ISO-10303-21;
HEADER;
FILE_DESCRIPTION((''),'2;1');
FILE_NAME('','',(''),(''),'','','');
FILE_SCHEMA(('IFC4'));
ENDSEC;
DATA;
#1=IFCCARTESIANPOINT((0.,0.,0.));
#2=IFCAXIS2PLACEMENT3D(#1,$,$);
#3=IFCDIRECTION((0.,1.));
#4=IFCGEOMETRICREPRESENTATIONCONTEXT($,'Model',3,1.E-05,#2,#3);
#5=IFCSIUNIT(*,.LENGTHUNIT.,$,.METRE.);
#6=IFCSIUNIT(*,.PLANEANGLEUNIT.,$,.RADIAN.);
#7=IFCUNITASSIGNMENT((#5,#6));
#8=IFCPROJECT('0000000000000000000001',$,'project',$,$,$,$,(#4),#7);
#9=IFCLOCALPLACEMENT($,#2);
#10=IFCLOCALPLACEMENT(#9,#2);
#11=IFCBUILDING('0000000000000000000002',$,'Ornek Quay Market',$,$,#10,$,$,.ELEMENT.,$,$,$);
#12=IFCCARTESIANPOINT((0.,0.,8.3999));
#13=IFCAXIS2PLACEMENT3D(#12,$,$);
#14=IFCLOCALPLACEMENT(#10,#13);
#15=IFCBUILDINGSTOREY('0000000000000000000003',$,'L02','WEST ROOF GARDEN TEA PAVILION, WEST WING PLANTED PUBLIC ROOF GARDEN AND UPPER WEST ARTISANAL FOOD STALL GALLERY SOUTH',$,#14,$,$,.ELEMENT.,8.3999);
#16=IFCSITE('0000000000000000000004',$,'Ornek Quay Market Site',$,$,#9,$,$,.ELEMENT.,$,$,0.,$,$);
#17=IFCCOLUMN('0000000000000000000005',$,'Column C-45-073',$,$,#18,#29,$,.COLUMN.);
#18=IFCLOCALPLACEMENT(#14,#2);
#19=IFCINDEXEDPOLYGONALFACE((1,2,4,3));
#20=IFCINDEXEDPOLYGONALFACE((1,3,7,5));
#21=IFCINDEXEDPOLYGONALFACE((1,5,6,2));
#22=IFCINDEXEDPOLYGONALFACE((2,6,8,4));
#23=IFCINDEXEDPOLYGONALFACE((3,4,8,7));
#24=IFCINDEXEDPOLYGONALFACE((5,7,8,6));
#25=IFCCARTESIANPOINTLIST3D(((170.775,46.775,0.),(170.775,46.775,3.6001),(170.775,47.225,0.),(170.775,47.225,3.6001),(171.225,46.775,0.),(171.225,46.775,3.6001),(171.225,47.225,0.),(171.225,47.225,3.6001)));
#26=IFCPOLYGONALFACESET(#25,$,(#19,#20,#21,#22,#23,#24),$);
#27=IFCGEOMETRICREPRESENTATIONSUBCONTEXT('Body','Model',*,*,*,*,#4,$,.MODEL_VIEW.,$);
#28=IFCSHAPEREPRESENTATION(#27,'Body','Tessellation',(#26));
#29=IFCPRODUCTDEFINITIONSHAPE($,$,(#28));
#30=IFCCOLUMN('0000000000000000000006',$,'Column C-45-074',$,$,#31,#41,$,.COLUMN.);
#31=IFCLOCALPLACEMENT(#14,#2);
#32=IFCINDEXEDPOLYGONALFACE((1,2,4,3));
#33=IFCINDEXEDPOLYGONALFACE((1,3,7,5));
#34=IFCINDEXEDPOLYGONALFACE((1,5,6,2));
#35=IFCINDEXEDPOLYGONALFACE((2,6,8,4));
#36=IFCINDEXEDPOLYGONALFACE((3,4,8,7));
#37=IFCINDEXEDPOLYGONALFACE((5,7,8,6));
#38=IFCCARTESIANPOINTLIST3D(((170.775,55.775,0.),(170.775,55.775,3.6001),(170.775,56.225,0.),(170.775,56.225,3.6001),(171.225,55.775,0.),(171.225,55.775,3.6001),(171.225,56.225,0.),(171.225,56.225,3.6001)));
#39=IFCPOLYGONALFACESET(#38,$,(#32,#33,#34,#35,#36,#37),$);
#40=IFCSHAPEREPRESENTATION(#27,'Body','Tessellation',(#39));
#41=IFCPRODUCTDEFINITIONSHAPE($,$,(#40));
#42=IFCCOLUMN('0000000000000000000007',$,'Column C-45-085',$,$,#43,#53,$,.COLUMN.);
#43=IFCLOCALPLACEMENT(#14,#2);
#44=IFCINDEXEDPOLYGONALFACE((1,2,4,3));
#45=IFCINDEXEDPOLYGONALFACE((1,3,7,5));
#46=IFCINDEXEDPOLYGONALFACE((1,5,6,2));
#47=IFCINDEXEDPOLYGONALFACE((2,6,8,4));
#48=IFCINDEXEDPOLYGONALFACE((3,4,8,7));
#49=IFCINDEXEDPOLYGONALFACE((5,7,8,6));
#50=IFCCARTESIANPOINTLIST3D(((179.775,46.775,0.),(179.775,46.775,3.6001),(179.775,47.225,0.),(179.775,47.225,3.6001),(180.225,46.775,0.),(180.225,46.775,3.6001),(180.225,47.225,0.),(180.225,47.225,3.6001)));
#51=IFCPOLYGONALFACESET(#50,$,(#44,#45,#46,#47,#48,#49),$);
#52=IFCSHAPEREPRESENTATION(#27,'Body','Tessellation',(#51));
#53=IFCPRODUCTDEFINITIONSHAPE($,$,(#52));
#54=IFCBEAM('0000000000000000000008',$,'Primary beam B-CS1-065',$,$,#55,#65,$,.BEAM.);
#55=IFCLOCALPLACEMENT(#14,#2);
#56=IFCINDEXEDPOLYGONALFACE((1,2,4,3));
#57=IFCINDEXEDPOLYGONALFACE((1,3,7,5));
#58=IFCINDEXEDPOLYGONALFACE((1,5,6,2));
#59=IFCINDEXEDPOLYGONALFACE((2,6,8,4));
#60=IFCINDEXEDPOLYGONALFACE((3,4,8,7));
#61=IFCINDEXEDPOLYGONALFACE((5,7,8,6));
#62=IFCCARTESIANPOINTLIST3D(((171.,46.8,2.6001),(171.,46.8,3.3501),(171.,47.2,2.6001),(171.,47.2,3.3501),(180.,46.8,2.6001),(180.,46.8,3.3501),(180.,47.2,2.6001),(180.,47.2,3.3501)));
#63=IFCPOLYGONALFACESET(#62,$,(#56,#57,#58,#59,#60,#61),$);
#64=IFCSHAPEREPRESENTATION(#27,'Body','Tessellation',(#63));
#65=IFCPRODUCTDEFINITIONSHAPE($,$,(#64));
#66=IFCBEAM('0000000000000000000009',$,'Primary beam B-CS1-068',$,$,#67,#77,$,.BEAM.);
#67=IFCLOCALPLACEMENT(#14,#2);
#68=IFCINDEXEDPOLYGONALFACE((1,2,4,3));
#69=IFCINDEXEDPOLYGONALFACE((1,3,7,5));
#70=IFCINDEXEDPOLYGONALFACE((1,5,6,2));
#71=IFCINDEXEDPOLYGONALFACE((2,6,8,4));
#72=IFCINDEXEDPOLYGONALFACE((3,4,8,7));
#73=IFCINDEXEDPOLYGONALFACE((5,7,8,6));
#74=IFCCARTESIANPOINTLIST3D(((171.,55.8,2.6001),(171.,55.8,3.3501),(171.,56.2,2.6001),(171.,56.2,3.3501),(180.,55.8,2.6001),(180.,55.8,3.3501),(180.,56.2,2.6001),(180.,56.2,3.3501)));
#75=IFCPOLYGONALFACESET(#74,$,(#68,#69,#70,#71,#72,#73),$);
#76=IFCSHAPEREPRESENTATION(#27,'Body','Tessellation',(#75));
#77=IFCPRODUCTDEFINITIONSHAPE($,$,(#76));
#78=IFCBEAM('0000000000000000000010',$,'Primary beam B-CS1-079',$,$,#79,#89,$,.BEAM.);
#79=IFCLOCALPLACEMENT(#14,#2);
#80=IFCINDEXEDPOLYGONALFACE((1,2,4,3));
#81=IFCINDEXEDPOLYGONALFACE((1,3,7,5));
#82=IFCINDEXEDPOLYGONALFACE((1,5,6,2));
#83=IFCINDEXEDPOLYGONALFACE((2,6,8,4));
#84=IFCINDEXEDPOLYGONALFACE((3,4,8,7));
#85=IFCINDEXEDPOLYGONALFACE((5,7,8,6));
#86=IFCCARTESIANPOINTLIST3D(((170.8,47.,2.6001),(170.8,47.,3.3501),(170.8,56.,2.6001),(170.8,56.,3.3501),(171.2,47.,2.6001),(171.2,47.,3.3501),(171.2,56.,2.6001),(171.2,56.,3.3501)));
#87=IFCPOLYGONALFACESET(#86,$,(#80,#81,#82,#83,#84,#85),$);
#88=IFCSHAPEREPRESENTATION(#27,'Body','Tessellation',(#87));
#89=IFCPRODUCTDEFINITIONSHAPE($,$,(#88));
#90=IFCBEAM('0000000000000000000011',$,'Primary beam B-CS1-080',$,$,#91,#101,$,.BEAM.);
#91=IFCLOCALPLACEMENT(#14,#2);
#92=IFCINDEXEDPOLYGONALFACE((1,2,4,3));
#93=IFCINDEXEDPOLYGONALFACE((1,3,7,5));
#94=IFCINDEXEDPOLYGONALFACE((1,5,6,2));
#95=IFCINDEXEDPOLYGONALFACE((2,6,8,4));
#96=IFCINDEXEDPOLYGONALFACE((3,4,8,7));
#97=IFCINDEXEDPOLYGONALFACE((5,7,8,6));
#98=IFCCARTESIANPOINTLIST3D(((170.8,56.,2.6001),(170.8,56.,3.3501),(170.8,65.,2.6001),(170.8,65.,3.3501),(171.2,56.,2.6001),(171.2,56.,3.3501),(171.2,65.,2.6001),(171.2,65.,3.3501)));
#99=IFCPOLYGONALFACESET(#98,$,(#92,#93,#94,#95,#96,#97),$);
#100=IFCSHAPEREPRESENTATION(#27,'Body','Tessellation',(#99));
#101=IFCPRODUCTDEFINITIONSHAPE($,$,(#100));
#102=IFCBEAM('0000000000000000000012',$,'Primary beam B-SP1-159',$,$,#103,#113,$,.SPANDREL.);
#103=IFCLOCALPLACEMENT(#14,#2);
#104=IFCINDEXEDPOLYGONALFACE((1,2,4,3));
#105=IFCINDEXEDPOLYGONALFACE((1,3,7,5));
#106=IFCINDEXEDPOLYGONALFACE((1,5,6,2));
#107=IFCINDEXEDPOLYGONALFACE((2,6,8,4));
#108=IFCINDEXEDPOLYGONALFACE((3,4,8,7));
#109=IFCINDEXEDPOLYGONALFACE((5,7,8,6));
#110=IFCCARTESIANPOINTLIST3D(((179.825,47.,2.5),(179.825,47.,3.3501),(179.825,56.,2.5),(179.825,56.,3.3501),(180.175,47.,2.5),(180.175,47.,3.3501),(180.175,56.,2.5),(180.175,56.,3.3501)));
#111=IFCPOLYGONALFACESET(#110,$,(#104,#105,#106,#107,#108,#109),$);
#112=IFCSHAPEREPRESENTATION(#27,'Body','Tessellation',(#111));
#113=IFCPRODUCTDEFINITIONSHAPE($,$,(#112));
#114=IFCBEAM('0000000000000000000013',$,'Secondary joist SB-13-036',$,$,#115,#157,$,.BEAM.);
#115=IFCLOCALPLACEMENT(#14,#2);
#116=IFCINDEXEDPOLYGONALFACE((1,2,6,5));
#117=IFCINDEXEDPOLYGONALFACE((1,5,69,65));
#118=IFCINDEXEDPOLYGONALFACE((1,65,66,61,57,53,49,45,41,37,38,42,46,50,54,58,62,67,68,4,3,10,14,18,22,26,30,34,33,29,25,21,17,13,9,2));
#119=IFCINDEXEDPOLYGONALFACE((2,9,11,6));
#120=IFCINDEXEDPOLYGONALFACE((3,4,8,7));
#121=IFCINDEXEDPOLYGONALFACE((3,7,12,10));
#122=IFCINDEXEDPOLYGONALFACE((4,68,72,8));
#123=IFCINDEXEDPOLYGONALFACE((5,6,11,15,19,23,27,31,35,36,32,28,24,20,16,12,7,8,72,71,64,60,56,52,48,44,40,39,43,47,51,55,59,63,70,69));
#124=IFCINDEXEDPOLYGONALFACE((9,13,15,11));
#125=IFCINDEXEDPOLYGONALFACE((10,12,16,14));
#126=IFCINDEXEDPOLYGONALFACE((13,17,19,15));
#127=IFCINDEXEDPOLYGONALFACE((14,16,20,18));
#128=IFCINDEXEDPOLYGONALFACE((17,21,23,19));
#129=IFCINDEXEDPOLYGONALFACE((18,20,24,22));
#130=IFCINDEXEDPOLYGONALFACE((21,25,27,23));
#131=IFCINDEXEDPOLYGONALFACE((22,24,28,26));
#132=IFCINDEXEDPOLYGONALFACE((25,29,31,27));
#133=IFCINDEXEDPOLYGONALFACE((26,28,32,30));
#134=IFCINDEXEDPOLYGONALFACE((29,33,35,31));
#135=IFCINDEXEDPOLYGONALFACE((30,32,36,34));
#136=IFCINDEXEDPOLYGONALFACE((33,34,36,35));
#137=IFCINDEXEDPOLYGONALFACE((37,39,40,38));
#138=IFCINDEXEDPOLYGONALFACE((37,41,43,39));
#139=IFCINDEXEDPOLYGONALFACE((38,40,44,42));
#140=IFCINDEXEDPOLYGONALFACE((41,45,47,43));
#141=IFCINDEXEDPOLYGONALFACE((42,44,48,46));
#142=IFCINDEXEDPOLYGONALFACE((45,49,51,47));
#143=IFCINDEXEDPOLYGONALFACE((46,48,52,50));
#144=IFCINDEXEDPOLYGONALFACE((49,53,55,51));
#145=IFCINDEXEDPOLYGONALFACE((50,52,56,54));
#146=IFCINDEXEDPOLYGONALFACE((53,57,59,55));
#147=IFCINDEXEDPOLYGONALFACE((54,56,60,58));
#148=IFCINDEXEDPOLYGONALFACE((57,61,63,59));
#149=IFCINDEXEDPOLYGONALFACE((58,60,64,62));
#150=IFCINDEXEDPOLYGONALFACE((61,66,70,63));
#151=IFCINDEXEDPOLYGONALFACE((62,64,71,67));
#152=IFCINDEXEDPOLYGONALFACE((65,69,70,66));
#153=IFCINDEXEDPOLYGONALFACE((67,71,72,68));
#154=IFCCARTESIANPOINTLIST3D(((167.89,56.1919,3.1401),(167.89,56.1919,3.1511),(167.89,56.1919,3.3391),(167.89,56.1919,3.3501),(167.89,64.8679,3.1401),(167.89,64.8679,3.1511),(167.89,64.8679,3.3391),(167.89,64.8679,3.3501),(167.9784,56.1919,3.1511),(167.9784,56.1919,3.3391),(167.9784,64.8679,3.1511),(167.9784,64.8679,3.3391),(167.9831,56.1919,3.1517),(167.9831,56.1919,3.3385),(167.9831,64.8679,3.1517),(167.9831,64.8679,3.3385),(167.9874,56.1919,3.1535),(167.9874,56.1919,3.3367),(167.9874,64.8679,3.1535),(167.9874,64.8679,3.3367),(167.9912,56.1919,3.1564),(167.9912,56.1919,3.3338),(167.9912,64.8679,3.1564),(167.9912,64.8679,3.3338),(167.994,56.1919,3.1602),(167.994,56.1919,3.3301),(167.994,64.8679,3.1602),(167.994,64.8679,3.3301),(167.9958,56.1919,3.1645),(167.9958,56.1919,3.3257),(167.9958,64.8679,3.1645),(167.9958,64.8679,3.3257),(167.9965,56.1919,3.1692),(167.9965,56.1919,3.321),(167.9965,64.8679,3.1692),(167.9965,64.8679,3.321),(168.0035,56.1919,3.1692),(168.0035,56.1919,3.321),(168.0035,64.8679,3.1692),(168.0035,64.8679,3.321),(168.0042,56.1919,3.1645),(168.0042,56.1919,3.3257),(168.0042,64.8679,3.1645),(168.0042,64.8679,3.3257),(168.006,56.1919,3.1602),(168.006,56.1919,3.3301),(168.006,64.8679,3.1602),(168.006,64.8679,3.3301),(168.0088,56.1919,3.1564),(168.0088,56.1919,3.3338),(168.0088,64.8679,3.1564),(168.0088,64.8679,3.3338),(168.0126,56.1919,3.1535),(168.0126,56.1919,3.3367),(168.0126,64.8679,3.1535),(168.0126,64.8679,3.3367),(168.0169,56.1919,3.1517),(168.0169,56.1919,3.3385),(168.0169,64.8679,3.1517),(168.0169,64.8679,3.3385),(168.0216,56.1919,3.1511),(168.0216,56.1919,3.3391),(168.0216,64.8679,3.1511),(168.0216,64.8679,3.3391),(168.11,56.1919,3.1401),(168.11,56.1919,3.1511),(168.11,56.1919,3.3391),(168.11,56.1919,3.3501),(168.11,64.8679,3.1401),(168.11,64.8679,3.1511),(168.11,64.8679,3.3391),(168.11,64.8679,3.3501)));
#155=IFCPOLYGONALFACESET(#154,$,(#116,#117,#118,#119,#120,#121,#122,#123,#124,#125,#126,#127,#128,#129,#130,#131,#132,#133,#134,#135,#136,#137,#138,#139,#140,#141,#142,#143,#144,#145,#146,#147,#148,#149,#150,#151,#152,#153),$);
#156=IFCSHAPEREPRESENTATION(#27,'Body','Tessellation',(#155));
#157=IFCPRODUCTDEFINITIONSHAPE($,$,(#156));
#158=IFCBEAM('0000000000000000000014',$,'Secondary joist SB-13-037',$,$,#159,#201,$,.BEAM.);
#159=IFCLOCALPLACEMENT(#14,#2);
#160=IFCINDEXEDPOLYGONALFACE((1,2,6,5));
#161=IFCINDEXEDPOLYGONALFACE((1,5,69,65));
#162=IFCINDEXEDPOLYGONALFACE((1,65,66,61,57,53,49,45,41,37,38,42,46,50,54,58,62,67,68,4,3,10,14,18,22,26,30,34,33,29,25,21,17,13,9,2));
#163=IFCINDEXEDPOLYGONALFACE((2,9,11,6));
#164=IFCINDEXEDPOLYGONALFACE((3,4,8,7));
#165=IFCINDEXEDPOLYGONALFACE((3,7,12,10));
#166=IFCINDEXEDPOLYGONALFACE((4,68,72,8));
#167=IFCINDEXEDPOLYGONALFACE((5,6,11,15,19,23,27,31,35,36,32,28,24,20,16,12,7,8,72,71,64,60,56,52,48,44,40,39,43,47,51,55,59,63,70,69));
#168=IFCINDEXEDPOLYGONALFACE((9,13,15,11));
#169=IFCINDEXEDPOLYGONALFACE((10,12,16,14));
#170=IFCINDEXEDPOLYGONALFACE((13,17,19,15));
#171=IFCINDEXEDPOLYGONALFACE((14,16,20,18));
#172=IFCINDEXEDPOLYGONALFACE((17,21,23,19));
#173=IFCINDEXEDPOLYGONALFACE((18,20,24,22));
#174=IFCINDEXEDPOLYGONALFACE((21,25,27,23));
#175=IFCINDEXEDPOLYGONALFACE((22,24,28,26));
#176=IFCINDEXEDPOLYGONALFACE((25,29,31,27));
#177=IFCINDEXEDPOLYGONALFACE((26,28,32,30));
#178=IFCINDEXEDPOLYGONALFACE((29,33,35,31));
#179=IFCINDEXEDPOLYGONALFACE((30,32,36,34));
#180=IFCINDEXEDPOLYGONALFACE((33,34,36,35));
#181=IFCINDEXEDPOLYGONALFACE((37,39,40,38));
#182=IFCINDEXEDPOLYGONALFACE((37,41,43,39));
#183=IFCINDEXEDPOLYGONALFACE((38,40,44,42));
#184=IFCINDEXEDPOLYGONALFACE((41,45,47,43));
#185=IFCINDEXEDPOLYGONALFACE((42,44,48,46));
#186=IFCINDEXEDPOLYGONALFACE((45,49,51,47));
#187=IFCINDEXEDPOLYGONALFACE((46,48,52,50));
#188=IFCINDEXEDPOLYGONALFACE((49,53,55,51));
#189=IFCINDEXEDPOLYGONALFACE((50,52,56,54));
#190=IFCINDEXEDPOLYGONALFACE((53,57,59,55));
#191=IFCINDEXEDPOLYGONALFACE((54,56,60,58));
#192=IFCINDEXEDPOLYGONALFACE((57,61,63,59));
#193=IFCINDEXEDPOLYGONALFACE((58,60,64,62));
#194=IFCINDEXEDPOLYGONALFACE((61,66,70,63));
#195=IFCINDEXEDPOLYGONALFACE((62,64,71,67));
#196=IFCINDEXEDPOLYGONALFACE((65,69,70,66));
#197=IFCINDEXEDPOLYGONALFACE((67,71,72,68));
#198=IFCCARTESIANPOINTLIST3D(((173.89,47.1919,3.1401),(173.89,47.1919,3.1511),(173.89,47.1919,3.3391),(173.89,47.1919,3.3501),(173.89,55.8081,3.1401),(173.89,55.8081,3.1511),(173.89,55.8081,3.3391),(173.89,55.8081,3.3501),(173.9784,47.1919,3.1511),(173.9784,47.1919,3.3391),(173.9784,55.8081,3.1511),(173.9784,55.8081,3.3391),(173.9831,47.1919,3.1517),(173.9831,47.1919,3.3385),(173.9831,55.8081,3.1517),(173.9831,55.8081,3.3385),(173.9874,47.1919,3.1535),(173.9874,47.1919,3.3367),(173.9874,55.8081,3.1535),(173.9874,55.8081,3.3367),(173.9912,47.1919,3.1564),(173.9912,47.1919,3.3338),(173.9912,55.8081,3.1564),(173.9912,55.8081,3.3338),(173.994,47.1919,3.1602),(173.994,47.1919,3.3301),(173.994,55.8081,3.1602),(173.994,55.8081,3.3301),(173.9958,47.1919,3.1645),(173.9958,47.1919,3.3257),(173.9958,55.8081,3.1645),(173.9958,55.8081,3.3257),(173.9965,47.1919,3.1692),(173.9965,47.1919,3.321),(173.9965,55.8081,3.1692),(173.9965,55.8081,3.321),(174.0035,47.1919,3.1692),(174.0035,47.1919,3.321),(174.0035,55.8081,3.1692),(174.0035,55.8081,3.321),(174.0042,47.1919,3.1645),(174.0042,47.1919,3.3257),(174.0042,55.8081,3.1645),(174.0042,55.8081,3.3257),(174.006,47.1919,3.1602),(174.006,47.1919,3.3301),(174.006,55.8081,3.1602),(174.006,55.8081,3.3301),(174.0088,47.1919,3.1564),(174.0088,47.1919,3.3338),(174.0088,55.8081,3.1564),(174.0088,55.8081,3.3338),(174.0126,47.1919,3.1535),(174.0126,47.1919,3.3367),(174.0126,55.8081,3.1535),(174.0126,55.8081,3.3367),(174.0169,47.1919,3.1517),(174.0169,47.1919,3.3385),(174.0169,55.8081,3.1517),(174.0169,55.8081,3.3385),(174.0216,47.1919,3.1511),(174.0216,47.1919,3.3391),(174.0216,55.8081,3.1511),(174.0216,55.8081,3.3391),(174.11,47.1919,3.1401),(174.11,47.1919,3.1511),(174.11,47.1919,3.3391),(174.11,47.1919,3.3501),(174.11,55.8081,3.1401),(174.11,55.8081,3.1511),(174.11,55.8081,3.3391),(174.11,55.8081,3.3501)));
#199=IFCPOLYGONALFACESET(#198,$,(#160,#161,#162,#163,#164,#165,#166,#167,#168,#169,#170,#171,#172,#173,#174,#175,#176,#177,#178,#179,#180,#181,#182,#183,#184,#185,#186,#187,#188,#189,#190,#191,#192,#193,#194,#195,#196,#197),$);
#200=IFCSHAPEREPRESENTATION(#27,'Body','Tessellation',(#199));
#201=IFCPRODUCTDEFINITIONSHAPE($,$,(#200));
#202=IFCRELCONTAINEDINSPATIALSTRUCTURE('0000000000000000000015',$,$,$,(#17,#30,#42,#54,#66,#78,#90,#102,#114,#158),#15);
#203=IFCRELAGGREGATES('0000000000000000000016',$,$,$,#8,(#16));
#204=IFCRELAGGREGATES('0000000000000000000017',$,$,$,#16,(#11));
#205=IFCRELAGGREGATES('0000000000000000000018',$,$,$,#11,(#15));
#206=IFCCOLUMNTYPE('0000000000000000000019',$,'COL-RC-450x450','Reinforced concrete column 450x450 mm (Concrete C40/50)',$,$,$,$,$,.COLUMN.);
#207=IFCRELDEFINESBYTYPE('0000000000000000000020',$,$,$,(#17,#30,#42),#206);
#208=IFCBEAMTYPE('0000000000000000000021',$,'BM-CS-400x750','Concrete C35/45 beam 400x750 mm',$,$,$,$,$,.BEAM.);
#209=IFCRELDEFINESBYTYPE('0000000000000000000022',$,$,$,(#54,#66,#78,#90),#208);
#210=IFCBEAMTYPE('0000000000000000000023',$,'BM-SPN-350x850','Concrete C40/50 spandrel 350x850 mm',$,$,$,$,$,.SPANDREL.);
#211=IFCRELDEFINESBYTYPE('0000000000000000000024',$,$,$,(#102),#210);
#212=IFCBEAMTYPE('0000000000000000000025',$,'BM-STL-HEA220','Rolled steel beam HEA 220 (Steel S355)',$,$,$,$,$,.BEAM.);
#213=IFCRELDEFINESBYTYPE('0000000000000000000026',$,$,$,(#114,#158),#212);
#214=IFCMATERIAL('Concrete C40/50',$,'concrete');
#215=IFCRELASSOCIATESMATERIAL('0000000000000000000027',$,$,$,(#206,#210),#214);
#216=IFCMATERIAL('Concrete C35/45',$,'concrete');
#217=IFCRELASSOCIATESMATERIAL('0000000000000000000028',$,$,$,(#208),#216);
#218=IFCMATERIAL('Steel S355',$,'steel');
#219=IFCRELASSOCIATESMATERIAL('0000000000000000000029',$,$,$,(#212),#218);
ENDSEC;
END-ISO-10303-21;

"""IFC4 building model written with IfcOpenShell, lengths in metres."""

from ifc_helpers import new_model, si_unit, direction, frame, origin, origin_2d, place, context, subcontext, project, spatial, rectangle, i_section, extrude, material, material_profile, profile_set, type_object, element, save


model = new_model("IFC4")

# Units and contexts
model_context = context("Model", 3, precision=1e-05, world=origin(), true_north=direction((0.0, 1.0)))
body_context = subcontext(model_context, "Body", "Model", "MODEL_VIEW")
ifc_project = project(units=[si_unit("LENGTHUNIT", "METRE"), si_unit("PLANEANGLEUNIT", "RADIAN")], contexts=[model_context])

# Site, building, storey
site_placement = place(None, origin())
site = spatial("IfcSite", under=ifc_project, at=site_placement, Name="Ornek Quay Market Site", CompositionType="ELEMENT", RefElevation=0.0)
building_placement = place(site_placement, origin())
building = spatial("IfcBuilding", under=site, at=building_placement, Name="Ornek Quay Market", CompositionType="ELEMENT")
storey_placement = place(building_placement, frame((0.0, 0.0, 8.3999)))
storey = spatial("IfcBuildingStorey", under=building, at=storey_placement, Name="L02", Description="WEST ROOF GARDEN TEA PAVILION, WEST WING PLANTED PUBLIC ROOF GARDEN AND UPPER WEST ARTISANAL FOOD STALL GALLERY SOUTH", CompositionType="ELEMENT", Elevation=8.3999)

# Columns
ifc_material_1 = material(Name="Concrete C40/50", Category="concrete")
ifc_material_profile_1 = material_profile(ifc_material_1, rectangle(XDim=0.45, YDim=0.45, at=origin_2d()), Name="RC 450x450", Category="concrete")
ifc_profile_set_1 = profile_set([ifc_material_profile_1], Name="Concrete C40/50")
column_type = type_object("IfcColumnType", Name="COL-RC-450x450", Description="Reinforced concrete column 450x450 mm (Concrete C40/50)", PredefinedType="COLUMN", material=ifc_profile_set_1)
for number, where, z_axis, x_axis, name in (
    (1, (171.0, 47.0, 0.0), (0.0, 0.0, 1.0), (1.0, 0.0, 0.0), "Column C-45-073"),
    (2, (171.0, 56.0, 0.0), (0.0, 0.0, 1.0), (1.0, 0.0, 0.0), "Column C-45-074"),
    (3, (180.0, 47.0, 0.0), (0.0, 0.0, 1.0), (1.0, 0.0, 0.0), "Column C-45-085"),
):
    element("IfcColumn", number, at=place(storey_placement, frame(where, z_axis=z_axis, x_axis=x_axis)), inside=storey, type_object=column_type, Name=name, PredefinedType="COLUMN", context=body_context, shape_type="SweptSolid", body=[
        extrude(rectangle(XDim=0.45, YDim=0.45, at=origin_2d()), origin(), (0.0, 0.0, 1.0), 3.6001),
    ])

# Beams
ifc_material_2 = material(Name="Concrete C35/45", Category="concrete")
ifc_material_profile_2 = material_profile(ifc_material_2, rectangle(XDim=0.3999, YDim=0.75, at=origin_2d()), Name="RC 400x750", Category="concrete")
ifc_profile_set_2 = profile_set([ifc_material_profile_2], Name="Concrete C35/45")
beam_type_1 = type_object("IfcBeamType", Name="BM-CS-400x750", Description="Concrete C35/45 beam 400x750 mm", PredefinedType="BEAM", material=ifc_profile_set_2)
for number, where, z_axis, x_axis, name in (
    (4, (171.0, 47.0, 2.9751), (1.0, 0.0, 0.0), (0.0, 1.0, 0.0), "Primary beam B-CS1-065"),
    (5, (171.0, 56.0, 2.9751), (1.0, 0.0, 0.0), (0.0, 1.0, 0.0), "Primary beam B-CS1-068"),
    (6, (171.0, 47.0, 2.9751), (0.0, 1.0, 0.0), (-1.0, 0.0, 0.0), "Primary beam B-CS1-079"),
    (7, (171.0, 56.0, 2.9751), (0.0, 1.0, 0.0), (-1.0, 0.0, 0.0), "Primary beam B-CS1-080"),
):
    element("IfcBeam", number, at=place(storey_placement, frame(where, z_axis=z_axis, x_axis=x_axis)), inside=storey, type_object=beam_type_1, Name=name, PredefinedType="BEAM", context=body_context, shape_type="SweptSolid", body=[
        extrude(rectangle(XDim=0.3999, YDim=0.75, at=origin_2d()), origin(), (0.0, 0.0, 1.0), 9.0),
    ])
ifc_material_profile_3 = material_profile(ifc_material_1, rectangle(XDim=0.3501, YDim=0.8501, at=origin_2d()), Name="RC 350x850", Category="concrete")
ifc_profile_set_3 = profile_set([ifc_material_profile_3], Name="Concrete C40/50")
beam_type_2 = type_object("IfcBeamType", Name="BM-SPN-350x850", Description="Concrete C40/50 spandrel 350x850 mm", PredefinedType="SPANDREL", material=ifc_profile_set_3)
beam_1_placement = place(storey_placement, frame((180.0, 47.0, 2.925), z_axis=(0.0, 1.0, 0.0), x_axis=(-1.0, 0.0, 0.0)))
element("IfcBeam", 8, at=beam_1_placement, inside=storey, type_object=beam_type_2, Name="Primary beam B-SP1-159", PredefinedType="SPANDREL", context=body_context, shape_type="SweptSolid", body=[
    extrude(rectangle(XDim=0.3501, YDim=0.8501, at=origin_2d()), origin(), (0.0, 0.0, 1.0), 9.0),
])
ifc_material_3 = material(Name="Steel S355", Category="steel")
ifc_material_profile_4 = material_profile(ifc_material_3, i_section(OverallWidth=0.22, OverallDepth=0.21, WebThickness=0.0071, FlangeThickness=0.011, FilletRadius=0.0181, at=origin_2d()), Name="HEA 220", Category="steel")
ifc_profile_set_4 = profile_set([ifc_material_profile_4], Name="Steel S355")
beam_type_3 = type_object("IfcBeamType", Name="BM-STL-HEA220", Description="Rolled steel beam HEA 220 (Steel S355)", PredefinedType="BEAM", material=ifc_profile_set_4)
beam_2_placement = place(storey_placement, frame((168.0, 56.1919, 3.2451), z_axis=(0.0, 1.0, 0.0), x_axis=(-1.0, 0.0, 0.0)))
element("IfcBeam", 9, at=beam_2_placement, inside=storey, type_object=beam_type_3, Name="Secondary joist SB-13-036", PredefinedType="BEAM", context=body_context, shape_type="SweptSolid", body=[
    extrude(i_section(OverallWidth=0.22, OverallDepth=0.21, WebThickness=0.0071, FlangeThickness=0.011, FilletRadius=0.0181, at=origin_2d()), origin(), (0.0, 0.0, 1.0), 8.676),
])
for number, where, z_axis, x_axis, name in (
    (10, (174.0, 47.1919, 3.2451), (0.0, 1.0, 0.0), (-1.0, 0.0, 0.0), "Secondary joist SB-13-037"),
):
    element("IfcBeam", number, at=place(storey_placement, frame(where, z_axis=z_axis, x_axis=x_axis)), inside=storey, type_object=beam_type_3, Name=name, PredefinedType="BEAM", context=body_context, shape_type="SweptSolid", body=[
        extrude(i_section(OverallWidth=0.22, OverallDepth=0.21, WebThickness=0.0071, FlangeThickness=0.011, FilletRadius=0.0181, at=origin_2d()), origin(), (0.0, 0.0, 1.0), 8.6162),
    ])

save(model, "model.ifc")
